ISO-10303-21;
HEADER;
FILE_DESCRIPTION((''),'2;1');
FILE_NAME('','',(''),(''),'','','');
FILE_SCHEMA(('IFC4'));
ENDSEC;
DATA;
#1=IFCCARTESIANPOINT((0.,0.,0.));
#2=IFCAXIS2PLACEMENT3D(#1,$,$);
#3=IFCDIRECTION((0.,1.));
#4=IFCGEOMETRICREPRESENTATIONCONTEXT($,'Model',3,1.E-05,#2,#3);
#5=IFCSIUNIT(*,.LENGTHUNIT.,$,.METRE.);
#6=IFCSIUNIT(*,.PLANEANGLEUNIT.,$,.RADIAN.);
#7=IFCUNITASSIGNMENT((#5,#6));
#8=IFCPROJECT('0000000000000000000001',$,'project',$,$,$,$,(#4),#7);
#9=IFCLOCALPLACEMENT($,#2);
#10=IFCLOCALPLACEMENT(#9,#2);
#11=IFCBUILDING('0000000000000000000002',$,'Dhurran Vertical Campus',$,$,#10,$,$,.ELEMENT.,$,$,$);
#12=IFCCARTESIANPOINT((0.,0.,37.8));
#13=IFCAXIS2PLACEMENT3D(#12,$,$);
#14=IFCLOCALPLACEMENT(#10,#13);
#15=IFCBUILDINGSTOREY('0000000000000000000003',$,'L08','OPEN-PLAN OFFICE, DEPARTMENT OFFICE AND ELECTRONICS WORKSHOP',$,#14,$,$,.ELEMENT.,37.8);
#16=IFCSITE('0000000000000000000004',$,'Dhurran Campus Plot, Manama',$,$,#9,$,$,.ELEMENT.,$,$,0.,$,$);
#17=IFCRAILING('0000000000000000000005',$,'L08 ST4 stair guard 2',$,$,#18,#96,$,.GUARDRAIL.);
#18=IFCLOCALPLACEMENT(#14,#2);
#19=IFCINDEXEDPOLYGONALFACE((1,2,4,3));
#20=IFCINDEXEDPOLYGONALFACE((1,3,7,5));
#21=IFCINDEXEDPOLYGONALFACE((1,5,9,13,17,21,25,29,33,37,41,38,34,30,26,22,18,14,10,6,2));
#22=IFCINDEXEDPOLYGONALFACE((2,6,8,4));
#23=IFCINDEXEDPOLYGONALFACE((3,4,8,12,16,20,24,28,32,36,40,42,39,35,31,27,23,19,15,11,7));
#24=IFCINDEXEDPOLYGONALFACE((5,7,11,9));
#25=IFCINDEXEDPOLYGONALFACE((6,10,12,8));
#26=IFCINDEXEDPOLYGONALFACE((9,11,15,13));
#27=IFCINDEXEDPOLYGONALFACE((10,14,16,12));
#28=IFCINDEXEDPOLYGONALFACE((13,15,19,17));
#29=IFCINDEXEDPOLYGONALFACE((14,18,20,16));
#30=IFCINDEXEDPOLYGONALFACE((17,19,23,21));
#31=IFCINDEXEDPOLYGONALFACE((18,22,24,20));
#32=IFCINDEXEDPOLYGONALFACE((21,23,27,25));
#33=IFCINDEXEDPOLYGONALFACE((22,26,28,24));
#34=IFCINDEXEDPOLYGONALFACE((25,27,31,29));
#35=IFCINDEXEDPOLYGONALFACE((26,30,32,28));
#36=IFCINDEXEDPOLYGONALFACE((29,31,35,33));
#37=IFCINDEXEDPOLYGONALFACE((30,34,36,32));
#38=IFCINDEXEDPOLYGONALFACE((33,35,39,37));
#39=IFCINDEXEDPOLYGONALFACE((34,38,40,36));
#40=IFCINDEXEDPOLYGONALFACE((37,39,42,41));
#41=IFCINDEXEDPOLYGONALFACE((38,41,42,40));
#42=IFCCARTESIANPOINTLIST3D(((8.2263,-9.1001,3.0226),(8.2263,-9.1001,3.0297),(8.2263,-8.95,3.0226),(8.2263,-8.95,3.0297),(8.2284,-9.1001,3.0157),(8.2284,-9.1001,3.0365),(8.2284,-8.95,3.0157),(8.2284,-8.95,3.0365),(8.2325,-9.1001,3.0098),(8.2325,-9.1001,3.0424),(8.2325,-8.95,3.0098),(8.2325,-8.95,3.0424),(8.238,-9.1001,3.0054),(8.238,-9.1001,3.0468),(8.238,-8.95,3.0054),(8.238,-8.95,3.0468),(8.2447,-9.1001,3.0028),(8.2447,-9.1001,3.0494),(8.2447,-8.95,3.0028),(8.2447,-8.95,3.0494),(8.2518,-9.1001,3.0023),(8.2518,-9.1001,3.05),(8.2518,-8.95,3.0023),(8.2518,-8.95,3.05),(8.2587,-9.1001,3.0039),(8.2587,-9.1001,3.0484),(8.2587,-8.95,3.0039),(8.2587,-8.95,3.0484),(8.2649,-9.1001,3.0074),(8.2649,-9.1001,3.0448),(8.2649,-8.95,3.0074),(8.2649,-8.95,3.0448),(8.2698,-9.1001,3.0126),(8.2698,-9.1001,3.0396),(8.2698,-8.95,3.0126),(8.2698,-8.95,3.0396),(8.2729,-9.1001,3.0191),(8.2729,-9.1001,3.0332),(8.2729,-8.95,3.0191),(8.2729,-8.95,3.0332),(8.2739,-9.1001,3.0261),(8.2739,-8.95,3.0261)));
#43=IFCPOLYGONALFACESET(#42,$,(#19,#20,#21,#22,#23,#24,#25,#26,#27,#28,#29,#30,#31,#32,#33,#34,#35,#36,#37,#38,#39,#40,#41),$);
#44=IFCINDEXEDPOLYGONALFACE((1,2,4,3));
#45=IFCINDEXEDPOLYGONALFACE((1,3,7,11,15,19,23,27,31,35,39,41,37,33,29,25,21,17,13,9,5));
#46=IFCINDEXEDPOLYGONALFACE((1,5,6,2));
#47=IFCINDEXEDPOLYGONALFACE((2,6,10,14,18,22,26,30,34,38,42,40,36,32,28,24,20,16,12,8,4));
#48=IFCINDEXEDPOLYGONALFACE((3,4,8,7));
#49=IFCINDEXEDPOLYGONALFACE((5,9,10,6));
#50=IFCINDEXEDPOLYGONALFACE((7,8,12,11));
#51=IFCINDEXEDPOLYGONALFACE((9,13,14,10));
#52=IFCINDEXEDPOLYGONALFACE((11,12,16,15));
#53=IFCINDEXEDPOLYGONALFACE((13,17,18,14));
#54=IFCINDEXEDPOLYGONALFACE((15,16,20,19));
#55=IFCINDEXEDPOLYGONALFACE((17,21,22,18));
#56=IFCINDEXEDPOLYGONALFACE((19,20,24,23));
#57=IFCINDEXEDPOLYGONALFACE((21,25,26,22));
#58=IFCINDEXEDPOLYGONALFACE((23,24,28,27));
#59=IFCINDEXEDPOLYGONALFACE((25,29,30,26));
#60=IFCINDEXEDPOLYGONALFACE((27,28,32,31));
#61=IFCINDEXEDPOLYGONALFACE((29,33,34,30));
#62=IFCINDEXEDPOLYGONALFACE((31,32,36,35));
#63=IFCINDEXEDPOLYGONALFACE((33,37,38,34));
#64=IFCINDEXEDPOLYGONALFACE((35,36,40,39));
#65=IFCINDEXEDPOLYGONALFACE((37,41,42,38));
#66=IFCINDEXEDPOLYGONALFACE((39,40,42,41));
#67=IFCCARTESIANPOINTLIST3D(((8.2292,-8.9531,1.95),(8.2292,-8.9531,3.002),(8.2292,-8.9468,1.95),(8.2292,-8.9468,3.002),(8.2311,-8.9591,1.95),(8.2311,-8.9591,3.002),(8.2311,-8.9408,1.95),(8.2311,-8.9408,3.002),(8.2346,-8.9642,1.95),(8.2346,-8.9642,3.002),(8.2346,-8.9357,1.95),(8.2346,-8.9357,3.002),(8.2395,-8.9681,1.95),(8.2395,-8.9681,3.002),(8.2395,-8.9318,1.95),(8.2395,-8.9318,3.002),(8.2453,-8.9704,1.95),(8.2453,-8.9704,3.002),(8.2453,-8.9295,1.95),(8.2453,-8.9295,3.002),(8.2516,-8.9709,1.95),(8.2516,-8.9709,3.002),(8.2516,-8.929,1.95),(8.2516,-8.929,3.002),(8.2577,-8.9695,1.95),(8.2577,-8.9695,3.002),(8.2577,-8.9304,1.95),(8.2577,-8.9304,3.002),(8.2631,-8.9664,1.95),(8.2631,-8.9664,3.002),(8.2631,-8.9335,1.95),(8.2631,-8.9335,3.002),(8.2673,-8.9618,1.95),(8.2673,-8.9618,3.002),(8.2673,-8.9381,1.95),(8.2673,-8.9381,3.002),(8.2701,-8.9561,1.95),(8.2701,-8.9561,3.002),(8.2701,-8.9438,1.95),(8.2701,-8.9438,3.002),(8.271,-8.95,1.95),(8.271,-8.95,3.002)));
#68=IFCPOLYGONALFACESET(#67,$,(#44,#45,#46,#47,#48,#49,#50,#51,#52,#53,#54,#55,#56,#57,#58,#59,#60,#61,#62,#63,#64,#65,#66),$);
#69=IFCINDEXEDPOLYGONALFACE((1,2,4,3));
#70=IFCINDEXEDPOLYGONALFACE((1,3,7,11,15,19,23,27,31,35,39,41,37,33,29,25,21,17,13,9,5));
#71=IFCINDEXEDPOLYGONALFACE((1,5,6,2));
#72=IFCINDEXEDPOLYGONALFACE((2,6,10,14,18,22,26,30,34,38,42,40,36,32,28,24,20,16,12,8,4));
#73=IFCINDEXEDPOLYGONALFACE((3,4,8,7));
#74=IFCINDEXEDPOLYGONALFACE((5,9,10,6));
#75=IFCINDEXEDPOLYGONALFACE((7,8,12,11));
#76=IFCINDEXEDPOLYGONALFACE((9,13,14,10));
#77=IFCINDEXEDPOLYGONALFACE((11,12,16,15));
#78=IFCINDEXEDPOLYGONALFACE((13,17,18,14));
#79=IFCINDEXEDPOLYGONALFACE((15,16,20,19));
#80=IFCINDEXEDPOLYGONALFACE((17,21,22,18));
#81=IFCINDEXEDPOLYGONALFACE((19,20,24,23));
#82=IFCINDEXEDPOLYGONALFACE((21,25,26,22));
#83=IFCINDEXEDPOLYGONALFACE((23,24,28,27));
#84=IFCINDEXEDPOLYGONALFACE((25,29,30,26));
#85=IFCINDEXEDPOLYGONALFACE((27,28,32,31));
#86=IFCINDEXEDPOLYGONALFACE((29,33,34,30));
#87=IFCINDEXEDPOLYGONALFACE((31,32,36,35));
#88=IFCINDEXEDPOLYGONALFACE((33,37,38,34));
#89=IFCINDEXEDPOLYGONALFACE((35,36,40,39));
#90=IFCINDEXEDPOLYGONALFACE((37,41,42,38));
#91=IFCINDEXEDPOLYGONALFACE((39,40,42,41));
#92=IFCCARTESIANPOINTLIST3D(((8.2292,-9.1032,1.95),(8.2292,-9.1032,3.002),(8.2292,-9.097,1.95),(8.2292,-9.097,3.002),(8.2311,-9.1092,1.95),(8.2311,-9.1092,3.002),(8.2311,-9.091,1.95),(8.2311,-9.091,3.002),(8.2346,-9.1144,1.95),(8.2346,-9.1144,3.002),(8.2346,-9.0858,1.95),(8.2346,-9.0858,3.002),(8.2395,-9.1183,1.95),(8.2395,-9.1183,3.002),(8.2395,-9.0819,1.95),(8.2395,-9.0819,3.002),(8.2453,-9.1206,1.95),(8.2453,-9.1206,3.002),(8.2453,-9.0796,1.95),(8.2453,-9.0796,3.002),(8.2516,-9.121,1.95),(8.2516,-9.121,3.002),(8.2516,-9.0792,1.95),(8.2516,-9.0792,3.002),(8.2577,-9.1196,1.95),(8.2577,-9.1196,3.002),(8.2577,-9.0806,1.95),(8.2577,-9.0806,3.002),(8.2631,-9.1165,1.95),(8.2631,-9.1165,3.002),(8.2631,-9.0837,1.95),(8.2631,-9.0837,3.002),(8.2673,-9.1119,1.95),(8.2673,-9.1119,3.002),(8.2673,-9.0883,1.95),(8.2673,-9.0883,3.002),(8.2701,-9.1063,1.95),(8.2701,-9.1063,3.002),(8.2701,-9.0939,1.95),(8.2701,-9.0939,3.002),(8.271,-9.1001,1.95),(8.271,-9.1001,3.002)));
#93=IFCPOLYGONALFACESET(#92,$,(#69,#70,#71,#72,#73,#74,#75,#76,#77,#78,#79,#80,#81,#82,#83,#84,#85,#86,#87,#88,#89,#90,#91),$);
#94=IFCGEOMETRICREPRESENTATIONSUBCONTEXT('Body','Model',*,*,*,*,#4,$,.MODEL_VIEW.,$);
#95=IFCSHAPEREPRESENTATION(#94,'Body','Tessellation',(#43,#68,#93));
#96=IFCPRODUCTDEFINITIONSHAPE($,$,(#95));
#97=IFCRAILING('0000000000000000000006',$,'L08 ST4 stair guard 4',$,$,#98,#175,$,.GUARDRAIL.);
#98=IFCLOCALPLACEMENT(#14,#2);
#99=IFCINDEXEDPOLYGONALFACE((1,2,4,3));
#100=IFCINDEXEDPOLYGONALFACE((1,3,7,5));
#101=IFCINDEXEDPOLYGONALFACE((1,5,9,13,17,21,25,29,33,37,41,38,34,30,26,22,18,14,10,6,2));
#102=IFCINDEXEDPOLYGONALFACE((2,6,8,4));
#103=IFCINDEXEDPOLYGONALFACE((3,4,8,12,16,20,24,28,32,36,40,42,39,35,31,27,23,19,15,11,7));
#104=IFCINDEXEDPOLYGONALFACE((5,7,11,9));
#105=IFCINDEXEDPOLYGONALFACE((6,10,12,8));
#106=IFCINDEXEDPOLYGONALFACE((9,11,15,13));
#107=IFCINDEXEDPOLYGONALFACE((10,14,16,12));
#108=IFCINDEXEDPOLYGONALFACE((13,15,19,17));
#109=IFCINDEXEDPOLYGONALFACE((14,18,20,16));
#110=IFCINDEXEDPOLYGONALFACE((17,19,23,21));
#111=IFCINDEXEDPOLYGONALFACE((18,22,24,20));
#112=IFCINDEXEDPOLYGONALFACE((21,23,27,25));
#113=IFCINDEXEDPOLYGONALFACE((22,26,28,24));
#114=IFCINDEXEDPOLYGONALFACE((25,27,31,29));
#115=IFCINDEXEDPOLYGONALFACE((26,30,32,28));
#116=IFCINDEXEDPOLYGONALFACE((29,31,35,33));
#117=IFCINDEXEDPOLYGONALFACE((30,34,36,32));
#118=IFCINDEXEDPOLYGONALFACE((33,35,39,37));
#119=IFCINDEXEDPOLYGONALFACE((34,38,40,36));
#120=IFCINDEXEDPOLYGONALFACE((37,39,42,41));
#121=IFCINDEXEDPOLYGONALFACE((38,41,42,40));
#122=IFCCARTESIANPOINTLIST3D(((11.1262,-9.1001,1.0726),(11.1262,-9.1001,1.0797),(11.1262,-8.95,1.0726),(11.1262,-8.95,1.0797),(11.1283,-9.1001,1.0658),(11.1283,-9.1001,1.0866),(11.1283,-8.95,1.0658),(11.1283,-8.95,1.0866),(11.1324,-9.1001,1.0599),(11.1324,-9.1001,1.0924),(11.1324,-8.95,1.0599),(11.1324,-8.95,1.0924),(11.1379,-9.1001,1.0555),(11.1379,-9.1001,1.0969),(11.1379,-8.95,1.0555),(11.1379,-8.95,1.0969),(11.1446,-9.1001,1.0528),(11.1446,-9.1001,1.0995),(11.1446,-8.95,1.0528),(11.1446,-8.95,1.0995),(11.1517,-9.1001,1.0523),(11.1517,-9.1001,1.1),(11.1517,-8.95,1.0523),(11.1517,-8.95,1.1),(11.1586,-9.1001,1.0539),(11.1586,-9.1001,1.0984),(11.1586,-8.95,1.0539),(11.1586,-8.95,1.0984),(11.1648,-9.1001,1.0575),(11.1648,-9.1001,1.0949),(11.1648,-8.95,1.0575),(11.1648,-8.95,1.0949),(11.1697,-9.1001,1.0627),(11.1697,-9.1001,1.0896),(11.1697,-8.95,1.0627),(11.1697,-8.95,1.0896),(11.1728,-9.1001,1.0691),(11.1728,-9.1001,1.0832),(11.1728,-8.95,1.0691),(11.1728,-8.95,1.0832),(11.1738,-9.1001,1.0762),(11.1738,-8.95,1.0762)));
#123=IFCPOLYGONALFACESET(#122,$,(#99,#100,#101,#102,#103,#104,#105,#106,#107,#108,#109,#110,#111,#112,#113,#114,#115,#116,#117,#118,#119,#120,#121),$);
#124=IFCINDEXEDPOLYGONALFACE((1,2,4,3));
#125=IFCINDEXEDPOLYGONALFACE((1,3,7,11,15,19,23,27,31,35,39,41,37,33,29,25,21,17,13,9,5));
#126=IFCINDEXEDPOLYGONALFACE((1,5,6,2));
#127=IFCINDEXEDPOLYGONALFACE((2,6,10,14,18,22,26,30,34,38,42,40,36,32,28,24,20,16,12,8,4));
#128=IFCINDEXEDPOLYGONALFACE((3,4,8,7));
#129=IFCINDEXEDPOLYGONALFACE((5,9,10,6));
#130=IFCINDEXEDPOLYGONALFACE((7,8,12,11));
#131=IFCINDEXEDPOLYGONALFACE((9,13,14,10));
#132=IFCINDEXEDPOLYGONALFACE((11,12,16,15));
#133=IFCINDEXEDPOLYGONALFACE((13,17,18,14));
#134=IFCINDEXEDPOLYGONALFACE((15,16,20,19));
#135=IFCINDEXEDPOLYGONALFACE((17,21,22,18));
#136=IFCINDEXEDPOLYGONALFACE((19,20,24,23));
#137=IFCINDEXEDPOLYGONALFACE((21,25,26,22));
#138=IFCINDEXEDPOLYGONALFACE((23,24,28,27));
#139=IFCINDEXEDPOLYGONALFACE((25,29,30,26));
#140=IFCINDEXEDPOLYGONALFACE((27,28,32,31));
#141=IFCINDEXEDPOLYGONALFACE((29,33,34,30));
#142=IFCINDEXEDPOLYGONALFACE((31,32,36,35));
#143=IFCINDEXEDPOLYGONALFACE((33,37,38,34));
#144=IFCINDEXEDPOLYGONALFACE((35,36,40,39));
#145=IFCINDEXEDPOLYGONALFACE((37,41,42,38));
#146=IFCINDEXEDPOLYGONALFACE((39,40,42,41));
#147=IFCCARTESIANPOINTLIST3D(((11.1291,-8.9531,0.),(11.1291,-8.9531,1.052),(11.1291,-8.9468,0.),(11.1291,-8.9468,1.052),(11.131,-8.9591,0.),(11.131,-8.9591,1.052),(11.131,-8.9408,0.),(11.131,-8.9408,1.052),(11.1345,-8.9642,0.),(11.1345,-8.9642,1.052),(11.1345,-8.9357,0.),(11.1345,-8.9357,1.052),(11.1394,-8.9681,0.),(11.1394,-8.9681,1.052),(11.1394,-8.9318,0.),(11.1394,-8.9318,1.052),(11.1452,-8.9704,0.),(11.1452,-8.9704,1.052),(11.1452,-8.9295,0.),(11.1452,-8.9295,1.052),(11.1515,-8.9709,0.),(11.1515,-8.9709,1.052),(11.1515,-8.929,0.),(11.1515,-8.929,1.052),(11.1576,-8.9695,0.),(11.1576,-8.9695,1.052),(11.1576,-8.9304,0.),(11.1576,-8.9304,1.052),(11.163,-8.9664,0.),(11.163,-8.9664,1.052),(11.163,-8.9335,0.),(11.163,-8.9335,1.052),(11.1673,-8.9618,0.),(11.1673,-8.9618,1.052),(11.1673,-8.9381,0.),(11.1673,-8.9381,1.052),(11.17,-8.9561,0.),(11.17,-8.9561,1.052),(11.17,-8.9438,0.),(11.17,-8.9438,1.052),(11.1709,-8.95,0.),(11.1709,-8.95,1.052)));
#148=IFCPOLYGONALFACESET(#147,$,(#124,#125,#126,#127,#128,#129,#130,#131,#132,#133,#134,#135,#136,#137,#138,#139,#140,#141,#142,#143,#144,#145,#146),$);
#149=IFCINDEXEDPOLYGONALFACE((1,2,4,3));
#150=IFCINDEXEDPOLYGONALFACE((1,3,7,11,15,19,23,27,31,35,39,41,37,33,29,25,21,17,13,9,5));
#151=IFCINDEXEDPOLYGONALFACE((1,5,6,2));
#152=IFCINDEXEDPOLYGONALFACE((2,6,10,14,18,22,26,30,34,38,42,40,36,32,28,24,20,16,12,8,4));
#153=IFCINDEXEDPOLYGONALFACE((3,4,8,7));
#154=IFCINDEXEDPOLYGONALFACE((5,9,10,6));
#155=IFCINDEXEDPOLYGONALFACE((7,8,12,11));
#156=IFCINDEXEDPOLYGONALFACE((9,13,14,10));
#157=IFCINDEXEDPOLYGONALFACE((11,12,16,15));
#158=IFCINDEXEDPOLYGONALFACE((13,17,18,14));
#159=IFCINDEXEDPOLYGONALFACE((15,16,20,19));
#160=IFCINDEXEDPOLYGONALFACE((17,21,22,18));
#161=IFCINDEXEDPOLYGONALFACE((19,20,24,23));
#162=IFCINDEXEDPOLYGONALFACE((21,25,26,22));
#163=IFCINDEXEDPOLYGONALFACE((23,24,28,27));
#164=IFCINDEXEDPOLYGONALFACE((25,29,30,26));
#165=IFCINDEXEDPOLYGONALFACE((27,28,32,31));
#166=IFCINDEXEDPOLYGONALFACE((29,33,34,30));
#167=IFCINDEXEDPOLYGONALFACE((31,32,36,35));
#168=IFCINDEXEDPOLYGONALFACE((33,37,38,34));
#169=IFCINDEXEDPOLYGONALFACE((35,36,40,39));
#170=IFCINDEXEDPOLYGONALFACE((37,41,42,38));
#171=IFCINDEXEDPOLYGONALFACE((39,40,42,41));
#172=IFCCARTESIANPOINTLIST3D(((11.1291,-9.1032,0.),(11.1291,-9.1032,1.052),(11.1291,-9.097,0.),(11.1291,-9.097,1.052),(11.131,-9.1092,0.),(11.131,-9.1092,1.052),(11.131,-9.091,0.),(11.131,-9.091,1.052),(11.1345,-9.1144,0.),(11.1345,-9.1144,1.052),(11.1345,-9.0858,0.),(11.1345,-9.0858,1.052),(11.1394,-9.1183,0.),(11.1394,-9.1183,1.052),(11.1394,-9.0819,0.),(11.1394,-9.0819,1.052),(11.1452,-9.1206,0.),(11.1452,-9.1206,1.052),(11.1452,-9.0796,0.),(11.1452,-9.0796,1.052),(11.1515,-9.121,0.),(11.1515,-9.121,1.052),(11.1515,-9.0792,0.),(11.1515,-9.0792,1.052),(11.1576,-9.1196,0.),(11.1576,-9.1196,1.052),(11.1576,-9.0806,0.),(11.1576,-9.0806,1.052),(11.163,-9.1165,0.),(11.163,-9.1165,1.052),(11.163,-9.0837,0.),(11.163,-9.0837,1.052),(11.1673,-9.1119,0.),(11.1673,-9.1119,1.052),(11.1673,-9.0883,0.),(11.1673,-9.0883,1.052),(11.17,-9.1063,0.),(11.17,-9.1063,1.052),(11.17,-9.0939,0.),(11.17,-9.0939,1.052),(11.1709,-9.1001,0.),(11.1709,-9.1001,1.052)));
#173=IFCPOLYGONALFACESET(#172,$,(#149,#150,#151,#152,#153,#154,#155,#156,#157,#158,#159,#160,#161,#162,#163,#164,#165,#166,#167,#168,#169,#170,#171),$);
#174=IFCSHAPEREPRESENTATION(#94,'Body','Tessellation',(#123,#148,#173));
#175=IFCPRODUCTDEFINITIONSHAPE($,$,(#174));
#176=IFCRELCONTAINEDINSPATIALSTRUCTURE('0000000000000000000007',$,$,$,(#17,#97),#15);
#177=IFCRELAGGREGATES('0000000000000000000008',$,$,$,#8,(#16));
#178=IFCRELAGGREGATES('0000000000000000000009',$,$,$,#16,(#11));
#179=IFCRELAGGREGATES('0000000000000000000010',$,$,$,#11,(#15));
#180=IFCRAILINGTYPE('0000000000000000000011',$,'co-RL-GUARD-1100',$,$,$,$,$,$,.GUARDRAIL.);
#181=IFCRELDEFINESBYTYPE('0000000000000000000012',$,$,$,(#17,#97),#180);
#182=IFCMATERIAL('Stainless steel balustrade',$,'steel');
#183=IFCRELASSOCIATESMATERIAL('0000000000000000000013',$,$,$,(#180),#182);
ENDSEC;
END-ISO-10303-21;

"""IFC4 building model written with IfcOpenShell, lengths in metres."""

from ifc_helpers import new_model, si_unit, direction, frame, origin, origin_2d, place, context, subcontext, project, spatial, circle, extrude, material, type_object, element, save


model = new_model("IFC4")

# Units and contexts
model_context = context("Model", 3, precision=1e-05, world=origin(), true_north=direction((0.0, 1.0)))
body_context = subcontext(model_context, "Body", "Model", "MODEL_VIEW")
ifc_project = project(units=[si_unit("LENGTHUNIT", "METRE"), si_unit("PLANEANGLEUNIT", "RADIAN")], contexts=[model_context])

# Site, building, storey
site_placement = place(None, origin())
site = spatial("IfcSite", under=ifc_project, at=site_placement, Name="Dhurran Campus Plot, Manama", CompositionType="ELEMENT", RefElevation=0.0)
building_placement = place(site_placement, origin())
building = spatial("IfcBuilding", under=site, at=building_placement, Name="Dhurran Vertical Campus", CompositionType="ELEMENT")
storey_placement = place(building_placement, frame((0.0, 0.0, 37.8)))
storey = spatial("IfcBuildingStorey", under=building, at=storey_placement, Name="L08", Description="OPEN-PLAN OFFICE, DEPARTMENT OFFICE AND ELECTRONICS WORKSHOP", CompositionType="ELEMENT", Elevation=37.8)

# Railings
ifc_material_1 = material(Name="Stainless steel balustrade", Category="steel")
railing_type_1 = type_object("IfcRailingType", Name="co-RL-GUARD-1100", PredefinedType="GUARDRAIL", material=ifc_material_1)
for number, where, name in (
    (1, (8.25, -8.95, 1.95), "L08 ST4 stair guard 2"),
    (2, (11.1499, -8.95, 0.0), "L08 ST4 stair guard 4"),
):
    element("IfcRailing", number, at=place(storey_placement, frame(where)), inside=storey, type_object=railing_type_1, Name=name, PredefinedType="GUARDRAIL", context=body_context, shape_type="SweptSolid", body=[
        extrude(circle(Radius=0.0239, at=origin_2d()), frame((0.0, 0.0, 1.0762), z_axis=(0.0, -1.0, 0.0), x_axis=(1.0, 0.0, 0.0)), (0.0, 0.0, 1.0), 0.1501),
        extrude(circle(Radius=0.021, at=origin_2d()), origin(), (0.0, 0.0, 1.0), 1.052),
        extrude(circle(Radius=0.021, at=origin_2d()), frame((0.0, -0.1501, 0.0)), (0.0, 0.0, 1.0), 1.052),
    ])

save(model, "model.ifc")
